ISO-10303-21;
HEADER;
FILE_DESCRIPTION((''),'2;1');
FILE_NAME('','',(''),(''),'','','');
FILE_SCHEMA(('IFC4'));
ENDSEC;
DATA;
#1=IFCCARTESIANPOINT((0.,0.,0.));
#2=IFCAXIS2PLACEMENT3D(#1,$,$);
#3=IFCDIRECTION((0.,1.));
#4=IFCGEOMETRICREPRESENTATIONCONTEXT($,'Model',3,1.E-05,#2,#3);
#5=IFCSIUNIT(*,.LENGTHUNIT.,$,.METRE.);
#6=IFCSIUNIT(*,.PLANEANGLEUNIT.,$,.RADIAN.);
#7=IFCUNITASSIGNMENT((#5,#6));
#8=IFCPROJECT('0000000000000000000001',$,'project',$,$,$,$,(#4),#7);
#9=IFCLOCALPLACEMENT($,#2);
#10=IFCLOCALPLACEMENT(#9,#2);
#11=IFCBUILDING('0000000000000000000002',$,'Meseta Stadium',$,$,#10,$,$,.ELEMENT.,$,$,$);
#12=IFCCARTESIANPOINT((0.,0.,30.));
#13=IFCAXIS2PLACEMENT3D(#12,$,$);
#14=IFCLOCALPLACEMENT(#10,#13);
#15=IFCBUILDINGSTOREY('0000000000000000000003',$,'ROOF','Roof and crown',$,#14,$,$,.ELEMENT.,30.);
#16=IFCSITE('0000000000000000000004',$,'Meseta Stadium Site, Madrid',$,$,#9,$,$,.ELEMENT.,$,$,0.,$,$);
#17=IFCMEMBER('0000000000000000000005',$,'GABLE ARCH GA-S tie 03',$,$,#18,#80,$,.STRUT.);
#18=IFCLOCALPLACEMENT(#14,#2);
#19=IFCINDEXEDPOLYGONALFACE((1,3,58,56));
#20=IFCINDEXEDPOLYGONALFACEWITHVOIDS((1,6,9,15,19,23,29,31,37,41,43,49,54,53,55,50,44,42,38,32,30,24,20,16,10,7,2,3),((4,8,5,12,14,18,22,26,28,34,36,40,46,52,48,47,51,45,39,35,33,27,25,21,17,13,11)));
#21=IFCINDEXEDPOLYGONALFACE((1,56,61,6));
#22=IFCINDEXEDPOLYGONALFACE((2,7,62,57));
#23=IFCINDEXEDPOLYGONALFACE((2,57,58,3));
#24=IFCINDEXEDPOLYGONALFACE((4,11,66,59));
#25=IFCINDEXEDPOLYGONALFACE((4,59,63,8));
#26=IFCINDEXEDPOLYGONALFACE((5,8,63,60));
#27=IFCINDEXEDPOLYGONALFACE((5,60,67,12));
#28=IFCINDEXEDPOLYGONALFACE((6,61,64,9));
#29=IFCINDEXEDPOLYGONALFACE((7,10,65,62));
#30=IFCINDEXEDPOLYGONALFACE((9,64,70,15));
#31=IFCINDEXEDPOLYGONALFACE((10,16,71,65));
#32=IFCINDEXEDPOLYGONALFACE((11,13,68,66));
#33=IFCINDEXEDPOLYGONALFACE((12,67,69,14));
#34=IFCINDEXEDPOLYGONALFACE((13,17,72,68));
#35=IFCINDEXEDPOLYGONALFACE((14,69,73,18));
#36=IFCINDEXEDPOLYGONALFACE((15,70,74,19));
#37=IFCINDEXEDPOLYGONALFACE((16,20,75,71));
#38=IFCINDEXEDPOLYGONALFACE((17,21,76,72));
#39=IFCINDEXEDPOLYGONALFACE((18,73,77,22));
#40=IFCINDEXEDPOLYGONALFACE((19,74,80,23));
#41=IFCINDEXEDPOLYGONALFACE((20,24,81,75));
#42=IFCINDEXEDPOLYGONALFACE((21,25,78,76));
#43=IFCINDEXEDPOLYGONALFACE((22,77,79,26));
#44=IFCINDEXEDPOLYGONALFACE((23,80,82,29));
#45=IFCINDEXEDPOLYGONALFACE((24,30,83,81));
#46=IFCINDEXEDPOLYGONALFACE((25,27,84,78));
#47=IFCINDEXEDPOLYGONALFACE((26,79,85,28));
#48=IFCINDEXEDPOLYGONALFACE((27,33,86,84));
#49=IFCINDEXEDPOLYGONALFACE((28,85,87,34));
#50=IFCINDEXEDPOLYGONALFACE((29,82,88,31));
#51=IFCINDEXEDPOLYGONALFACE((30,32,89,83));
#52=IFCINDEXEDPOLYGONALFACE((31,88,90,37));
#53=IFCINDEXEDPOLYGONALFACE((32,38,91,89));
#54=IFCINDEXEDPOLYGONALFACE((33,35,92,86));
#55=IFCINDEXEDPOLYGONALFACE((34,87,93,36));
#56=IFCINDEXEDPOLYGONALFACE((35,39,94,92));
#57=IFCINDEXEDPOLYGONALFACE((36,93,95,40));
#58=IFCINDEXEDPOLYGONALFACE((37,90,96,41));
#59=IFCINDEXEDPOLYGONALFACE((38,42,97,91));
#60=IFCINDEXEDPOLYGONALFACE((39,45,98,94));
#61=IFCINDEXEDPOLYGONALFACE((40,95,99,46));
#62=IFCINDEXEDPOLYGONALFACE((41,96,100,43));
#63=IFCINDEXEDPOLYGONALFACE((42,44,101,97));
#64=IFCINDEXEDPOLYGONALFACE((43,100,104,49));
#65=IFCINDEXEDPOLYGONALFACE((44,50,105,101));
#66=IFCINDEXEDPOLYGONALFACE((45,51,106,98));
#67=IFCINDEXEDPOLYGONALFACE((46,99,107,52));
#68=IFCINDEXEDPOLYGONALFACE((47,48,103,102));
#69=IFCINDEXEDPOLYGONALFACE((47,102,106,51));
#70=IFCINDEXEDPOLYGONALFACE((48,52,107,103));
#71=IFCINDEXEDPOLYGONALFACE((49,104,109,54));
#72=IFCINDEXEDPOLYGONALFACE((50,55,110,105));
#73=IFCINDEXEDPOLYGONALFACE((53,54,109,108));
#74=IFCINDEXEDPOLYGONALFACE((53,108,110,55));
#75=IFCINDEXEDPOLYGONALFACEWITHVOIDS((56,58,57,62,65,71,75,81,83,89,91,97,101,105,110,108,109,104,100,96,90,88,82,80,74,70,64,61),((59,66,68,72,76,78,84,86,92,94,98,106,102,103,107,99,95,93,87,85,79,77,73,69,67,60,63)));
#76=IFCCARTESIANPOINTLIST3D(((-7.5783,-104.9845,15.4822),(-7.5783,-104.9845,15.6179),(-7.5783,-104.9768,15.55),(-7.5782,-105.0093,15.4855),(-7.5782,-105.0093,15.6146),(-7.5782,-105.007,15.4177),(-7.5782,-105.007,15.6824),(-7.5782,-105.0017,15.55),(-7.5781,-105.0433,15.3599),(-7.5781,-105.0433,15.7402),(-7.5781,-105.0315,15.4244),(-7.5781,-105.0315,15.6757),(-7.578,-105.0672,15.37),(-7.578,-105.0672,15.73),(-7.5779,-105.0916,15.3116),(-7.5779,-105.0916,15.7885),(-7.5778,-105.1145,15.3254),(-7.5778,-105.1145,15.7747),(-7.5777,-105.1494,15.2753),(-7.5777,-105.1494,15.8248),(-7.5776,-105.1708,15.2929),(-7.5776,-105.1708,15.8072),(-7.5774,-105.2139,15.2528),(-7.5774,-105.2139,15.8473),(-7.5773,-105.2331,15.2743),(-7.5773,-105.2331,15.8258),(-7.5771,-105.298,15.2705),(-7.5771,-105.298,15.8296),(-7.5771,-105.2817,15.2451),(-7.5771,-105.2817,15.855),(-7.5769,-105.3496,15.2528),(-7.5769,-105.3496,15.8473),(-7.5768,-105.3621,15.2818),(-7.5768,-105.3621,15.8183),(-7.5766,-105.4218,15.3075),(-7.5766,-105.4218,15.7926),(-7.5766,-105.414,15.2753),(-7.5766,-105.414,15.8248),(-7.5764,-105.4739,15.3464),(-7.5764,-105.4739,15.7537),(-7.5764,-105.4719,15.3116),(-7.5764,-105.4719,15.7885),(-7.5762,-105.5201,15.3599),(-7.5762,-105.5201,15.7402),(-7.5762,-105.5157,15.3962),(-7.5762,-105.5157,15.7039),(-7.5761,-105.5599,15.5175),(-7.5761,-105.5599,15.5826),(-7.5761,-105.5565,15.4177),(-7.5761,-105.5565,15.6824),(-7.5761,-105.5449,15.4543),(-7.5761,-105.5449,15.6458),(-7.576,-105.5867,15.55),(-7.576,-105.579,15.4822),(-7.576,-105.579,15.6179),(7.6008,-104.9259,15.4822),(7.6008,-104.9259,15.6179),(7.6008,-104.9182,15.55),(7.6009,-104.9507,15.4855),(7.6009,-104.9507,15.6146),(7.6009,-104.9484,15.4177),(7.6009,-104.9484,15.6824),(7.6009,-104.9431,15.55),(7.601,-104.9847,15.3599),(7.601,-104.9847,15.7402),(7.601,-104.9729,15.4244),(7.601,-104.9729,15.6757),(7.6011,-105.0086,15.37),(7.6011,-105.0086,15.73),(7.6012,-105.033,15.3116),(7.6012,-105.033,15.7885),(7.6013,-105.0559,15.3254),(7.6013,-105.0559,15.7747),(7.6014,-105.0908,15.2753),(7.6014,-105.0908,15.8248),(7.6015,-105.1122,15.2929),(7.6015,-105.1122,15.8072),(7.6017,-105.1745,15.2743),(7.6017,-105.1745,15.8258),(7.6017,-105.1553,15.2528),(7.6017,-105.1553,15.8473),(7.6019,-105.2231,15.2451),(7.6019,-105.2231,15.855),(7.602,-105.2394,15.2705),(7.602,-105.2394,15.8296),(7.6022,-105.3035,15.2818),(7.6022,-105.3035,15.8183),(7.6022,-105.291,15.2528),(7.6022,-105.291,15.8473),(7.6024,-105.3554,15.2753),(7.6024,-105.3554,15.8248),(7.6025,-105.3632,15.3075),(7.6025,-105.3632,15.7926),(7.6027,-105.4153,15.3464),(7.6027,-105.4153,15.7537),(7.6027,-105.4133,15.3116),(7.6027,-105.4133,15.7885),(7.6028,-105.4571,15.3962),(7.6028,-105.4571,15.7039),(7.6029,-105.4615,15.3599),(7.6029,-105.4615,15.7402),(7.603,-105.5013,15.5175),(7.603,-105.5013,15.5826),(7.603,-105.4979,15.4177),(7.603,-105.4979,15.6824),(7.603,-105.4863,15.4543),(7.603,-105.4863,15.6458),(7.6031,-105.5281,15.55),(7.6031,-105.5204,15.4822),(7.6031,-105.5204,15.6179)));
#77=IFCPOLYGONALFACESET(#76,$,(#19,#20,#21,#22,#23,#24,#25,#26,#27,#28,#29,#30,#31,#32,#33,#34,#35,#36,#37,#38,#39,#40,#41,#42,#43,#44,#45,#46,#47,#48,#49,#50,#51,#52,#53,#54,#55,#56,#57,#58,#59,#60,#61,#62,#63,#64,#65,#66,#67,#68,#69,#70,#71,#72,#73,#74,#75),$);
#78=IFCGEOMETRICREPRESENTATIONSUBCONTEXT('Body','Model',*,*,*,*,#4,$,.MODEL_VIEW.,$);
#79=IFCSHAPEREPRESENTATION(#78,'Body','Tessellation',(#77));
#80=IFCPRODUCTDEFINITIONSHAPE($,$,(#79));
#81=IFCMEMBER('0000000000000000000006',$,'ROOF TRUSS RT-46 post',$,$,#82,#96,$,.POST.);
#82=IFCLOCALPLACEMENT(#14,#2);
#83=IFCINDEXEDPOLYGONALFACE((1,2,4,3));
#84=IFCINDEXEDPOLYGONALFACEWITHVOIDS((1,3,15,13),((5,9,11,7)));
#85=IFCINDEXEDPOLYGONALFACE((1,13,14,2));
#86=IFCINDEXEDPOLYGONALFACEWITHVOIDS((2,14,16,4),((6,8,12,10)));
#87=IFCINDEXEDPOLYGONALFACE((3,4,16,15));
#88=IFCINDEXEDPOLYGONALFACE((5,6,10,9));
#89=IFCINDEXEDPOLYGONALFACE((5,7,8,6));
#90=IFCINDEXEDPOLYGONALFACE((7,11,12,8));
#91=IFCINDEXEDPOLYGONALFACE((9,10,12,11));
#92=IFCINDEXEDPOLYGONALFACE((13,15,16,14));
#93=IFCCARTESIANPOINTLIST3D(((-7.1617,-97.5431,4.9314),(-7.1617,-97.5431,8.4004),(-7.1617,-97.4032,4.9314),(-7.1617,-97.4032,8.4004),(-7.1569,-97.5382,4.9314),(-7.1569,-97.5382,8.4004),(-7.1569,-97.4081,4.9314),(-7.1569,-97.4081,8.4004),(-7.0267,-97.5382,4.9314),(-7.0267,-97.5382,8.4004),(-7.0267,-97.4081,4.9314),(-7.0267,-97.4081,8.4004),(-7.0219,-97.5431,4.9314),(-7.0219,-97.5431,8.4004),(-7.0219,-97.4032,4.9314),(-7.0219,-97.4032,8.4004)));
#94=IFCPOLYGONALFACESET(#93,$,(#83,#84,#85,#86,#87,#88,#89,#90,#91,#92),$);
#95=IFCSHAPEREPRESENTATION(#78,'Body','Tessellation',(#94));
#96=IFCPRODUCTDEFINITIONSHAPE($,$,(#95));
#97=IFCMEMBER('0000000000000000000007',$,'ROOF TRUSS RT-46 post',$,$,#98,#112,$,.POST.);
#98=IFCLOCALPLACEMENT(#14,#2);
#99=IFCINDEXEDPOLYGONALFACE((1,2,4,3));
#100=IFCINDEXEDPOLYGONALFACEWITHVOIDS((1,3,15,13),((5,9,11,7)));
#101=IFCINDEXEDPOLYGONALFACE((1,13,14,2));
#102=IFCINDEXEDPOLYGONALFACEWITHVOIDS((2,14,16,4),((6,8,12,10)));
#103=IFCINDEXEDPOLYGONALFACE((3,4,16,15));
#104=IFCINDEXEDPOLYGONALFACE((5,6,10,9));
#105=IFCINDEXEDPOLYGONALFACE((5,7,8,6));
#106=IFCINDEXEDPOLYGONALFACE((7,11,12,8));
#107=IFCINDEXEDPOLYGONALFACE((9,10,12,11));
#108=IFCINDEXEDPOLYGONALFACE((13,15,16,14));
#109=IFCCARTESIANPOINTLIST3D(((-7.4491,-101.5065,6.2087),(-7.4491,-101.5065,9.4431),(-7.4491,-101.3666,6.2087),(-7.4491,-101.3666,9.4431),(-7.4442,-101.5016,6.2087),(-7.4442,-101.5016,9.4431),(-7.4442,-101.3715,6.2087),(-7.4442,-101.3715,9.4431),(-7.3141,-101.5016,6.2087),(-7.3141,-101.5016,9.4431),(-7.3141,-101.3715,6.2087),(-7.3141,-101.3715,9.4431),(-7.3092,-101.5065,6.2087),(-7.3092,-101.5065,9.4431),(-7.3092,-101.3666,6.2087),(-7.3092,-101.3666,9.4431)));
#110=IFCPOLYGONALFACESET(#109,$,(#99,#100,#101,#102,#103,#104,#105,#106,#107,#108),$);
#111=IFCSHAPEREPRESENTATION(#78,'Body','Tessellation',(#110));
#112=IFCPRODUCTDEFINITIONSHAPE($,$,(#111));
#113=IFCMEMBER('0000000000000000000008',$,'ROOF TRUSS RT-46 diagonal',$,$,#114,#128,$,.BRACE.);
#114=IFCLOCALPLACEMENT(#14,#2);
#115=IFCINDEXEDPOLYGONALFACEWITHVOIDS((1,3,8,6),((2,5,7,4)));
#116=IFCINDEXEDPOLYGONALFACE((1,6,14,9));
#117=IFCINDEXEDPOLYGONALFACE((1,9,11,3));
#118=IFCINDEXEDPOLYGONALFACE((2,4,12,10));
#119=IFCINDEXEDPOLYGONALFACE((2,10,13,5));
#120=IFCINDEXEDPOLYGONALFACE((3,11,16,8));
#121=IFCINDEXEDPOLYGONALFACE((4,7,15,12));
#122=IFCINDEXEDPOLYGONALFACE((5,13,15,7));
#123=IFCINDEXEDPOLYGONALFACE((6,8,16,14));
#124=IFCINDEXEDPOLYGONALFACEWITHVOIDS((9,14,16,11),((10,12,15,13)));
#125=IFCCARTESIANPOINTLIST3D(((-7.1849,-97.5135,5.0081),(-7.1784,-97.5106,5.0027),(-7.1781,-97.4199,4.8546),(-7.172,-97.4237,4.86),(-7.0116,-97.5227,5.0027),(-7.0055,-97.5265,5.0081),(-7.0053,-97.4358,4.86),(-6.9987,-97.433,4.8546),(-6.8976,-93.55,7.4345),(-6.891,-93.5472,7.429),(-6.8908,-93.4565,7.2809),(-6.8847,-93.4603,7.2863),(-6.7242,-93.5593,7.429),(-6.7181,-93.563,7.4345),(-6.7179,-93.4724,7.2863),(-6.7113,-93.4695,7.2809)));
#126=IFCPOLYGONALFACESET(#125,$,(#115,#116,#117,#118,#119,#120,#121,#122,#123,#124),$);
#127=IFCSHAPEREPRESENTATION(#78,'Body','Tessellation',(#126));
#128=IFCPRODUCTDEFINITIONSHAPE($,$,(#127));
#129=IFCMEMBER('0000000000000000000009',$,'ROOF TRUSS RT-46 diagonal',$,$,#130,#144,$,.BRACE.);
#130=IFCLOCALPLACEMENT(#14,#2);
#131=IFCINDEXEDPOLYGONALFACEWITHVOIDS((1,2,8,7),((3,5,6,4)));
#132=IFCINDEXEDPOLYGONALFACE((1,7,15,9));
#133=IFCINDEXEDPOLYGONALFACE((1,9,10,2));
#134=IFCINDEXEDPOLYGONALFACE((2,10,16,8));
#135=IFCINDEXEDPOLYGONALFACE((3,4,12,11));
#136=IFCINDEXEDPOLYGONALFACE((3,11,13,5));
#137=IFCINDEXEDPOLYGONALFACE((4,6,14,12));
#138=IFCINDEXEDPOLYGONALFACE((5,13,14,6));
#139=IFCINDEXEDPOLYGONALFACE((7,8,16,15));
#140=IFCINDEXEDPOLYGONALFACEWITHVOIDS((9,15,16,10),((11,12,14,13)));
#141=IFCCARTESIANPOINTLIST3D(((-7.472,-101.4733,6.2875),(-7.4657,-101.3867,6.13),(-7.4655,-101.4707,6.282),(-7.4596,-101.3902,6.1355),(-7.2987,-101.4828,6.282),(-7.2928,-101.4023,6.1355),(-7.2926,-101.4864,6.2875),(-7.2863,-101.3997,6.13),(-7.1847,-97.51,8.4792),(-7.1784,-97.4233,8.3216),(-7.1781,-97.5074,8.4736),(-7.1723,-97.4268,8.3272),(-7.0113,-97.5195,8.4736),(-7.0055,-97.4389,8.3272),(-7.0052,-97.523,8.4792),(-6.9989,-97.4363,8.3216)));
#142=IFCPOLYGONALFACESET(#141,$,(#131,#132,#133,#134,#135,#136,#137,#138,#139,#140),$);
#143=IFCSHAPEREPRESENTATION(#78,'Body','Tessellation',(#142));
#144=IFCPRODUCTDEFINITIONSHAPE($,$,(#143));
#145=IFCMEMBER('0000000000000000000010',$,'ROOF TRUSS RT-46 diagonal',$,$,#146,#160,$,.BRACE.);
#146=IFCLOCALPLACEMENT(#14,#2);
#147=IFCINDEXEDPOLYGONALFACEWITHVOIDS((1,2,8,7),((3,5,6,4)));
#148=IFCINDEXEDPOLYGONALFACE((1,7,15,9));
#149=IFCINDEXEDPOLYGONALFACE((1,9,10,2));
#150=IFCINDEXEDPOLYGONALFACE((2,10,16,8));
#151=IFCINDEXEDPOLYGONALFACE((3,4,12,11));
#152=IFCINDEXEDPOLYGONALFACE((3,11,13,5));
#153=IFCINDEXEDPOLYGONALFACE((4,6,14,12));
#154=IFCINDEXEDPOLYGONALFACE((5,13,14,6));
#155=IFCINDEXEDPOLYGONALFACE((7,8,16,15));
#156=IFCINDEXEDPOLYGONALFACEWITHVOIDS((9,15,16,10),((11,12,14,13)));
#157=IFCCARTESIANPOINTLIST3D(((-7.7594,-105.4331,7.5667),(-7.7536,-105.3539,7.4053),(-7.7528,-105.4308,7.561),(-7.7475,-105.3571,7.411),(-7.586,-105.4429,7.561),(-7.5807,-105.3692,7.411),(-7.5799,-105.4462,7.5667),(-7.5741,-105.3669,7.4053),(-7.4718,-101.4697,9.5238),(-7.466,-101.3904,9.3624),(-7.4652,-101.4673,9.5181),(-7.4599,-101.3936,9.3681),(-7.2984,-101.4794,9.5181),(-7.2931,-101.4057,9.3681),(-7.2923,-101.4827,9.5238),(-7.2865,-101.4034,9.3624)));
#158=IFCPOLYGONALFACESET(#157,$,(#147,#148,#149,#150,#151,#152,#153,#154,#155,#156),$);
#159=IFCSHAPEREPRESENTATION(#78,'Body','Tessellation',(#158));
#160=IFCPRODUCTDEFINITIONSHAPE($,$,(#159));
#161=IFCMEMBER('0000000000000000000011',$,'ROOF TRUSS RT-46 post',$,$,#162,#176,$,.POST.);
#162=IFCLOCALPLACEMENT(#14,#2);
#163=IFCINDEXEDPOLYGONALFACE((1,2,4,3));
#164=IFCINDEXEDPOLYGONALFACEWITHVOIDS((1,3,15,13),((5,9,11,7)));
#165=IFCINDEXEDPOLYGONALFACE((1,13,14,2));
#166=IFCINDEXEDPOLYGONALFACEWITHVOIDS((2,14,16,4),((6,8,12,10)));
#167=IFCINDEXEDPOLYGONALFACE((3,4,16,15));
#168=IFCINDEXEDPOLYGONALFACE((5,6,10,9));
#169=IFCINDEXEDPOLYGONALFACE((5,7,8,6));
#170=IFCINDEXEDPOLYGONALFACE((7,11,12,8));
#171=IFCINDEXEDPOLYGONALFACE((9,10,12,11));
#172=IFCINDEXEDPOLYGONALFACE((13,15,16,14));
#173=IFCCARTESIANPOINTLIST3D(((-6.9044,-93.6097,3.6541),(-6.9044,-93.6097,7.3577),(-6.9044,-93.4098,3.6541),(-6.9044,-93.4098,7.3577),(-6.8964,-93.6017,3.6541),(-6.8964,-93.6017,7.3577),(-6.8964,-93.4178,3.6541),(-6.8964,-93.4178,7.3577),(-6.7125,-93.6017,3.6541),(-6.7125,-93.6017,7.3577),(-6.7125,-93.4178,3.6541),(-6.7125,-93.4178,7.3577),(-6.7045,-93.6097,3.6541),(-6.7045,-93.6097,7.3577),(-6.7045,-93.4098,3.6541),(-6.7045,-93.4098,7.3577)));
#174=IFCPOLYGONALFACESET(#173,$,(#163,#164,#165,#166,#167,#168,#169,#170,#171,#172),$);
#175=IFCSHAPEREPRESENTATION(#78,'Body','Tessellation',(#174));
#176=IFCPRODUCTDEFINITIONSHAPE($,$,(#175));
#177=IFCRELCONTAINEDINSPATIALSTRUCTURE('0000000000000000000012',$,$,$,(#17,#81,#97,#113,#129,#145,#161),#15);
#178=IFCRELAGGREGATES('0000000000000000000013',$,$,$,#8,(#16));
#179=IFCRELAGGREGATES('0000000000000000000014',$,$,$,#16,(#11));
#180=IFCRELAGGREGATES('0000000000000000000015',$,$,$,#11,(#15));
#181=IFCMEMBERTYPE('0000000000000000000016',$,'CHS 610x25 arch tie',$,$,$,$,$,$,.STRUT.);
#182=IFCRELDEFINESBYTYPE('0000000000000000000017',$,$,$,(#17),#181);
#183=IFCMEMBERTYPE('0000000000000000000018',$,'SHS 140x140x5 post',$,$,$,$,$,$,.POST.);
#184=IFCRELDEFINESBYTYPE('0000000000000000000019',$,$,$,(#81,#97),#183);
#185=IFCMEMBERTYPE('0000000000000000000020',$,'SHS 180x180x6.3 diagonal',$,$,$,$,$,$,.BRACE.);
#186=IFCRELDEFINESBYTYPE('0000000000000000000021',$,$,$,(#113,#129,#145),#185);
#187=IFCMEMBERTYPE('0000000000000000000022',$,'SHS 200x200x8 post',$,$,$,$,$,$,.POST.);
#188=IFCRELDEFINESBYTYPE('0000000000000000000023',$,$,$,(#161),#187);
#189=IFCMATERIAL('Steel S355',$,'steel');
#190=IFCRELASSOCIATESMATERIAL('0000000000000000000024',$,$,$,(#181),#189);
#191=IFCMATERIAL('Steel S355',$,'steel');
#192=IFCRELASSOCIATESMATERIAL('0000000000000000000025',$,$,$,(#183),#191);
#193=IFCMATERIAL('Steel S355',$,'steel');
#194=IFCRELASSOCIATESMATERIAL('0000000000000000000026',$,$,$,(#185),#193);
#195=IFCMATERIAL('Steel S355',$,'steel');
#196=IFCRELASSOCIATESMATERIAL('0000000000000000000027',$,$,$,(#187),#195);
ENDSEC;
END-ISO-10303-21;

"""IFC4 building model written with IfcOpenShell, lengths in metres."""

from ifc_helpers import new_model, si_unit, direction, frame, origin, origin_2d, place, context, subcontext, project, spatial, hollow_rectangle, hollow_circle, extrude, material, material_profile, profile_set, type_object, element, save


model = new_model("IFC4")

# Units and contexts
model_context = context("Model", 3, precision=1e-05, world=origin(), true_north=direction((0.0, 1.0)))
body_context = subcontext(model_context, "Body", "Model", "MODEL_VIEW")
ifc_project = project(units=[si_unit("LENGTHUNIT", "METRE"), si_unit("PLANEANGLEUNIT", "RADIAN")], contexts=[model_context])

# Site, building, storey
site_placement = place(None, origin())
site = spatial("IfcSite", under=ifc_project, at=site_placement, Name="Meseta Stadium Site, Madrid", CompositionType="ELEMENT", RefElevation=0.0)
building_placement = place(site_placement, origin())
building = spatial("IfcBuilding", under=site, at=building_placement, Name="Meseta Stadium", CompositionType="ELEMENT")
storey_placement = place(building_placement, frame((0.0, 0.0, 30.0)))
storey = spatial("IfcBuildingStorey", under=building, at=storey_placement, Name="ROOF", Description="Roof and crown", CompositionType="ELEMENT", Elevation=30.0)

# Members
ifc_material_1 = material(Name="Steel S355", Category="steel")
ifc_material_profile_1 = material_profile(ifc_material_1, hollow_circle(Radius=0.3049, WallThickness=0.0249, at=origin_2d()), Name="CHS 610x25")
ifc_profile_set_1 = profile_set([ifc_material_profile_1], Name="Steel S355")
member_type_1 = type_object("IfcMemberType", Name="CHS 610x25 arch tie", PredefinedType="STRUT", material=ifc_profile_set_1)
member_1_placement = place(storey_placement, frame((-7.5771, -105.2817, 15.55), z_axis=(0.999993, 0.00386, 0.0), x_axis=(-0.00386, 0.999993, 0.0)))
element("IfcMember", 1, at=member_1_placement, inside=storey, type_object=member_type_1, Name="GABLE ARCH GA-S tie 03", PredefinedType="STRUT", context=body_context, shape_type="SweptSolid", body=[
    extrude(hollow_circle(Radius=0.3049, WallThickness=0.0249, at=origin_2d()), origin(), (0.0, 0.0, 1.0), 15.1792),
])
ifc_material_2 = material(Name="Steel S355", Category="steel")
ifc_material_profile_2 = material_profile(ifc_material_2, hollow_rectangle(XDim=0.1399, YDim=0.1399, WallThickness=0.0049, at=origin_2d()), Name="SHS 140x140x5")
ifc_profile_set_2 = profile_set([ifc_material_profile_2], Name="Steel S355")
member_type_2 = type_object("IfcMemberType", Name="SHS 140x140x5 post", PredefinedType="POST", material=ifc_profile_set_2)
member_2_placement = place(storey_placement, frame((-7.0918, -97.4731, 4.9314), z_axis=(0.0, 0.0, 1.0), x_axis=(1.0, 0.0, 0.0)))
element("IfcMember", 2, at=member_2_placement, inside=storey, type_object=member_type_2, Name="ROOF TRUSS RT-46 post", PredefinedType="POST", context=body_context, shape_type="SweptSolid", body=[
    extrude(hollow_rectangle(XDim=0.1399, YDim=0.1399, WallThickness=0.0049, at=origin_2d()), origin(), (0.0, 0.0, 1.0), 3.469),
])
member_3_placement = place(storey_placement, frame((-7.3792, -101.4365, 6.2087), z_axis=(0.0, 0.0, 1.0), x_axis=(1.0, 0.0, 0.0)))
element("IfcMember", 3, at=member_3_placement, inside=storey, type_object=member_type_2, Name="ROOF TRUSS RT-46 post", PredefinedType="POST", context=body_context, shape_type="SweptSolid", body=[
    extrude(hollow_rectangle(XDim=0.1399, YDim=0.1399, WallThickness=0.0049, at=origin_2d()), origin(), (0.0, 0.0, 1.0), 3.2344),
])
ifc_material_3 = material(Name="Steel S355", Category="steel")
ifc_material_profile_3 = material_profile(ifc_material_3, hollow_rectangle(XDim=0.1799, YDim=0.1799, WallThickness=0.0063, at=origin_2d()), Name="SHS 180x180x6.3")
ifc_profile_set_3 = profile_set([ifc_material_profile_3], Name="Steel S355")
member_type_3 = type_object("IfcMemberType", Name="SHS 180x180x6.3 diagonal", PredefinedType="BRACE", material=ifc_profile_set_3)
member_4_placement = place(storey_placement, frame((-6.8044, -93.5098, 7.3577), z_axis=(-0.061718, -0.851253, -0.521113), x_axis=(0.997382, -0.072312, 0.0)))
element("IfcMember", 4, at=member_4_placement, inside=storey, type_object=member_type_3, Name="ROOF TRUSS RT-46 diagonal", PredefinedType="BRACE", context=body_context, shape_type="SweptSolid", body=[
    extrude(hollow_rectangle(XDim=0.1799, YDim=0.1799, WallThickness=0.0063, at=origin_2d()), origin(), (0.0, 0.0, 1.0), 4.656),
])
member_5_placement = place(storey_placement, frame((-7.0918, -97.4731, 8.4004), z_axis=(-0.06332, -0.873358, -0.482945), x_axis=(0.997382, -0.072312, 0.0)))
element("IfcMember", 5, at=member_5_placement, inside=storey, type_object=member_type_3, Name="ROOF TRUSS RT-46 diagonal", PredefinedType="BRACE", context=body_context, shape_type="SweptSolid", body=[
    extrude(hollow_rectangle(XDim=0.1799, YDim=0.1799, WallThickness=0.0063, at=origin_2d()), origin(), (0.0, 0.0, 1.0), 4.5381),
])
member_6_placement = place(storey_placement, frame((-7.3792, -101.4365, 9.4431), z_axis=(-0.064927, -0.894756, -0.441811), x_axis=(0.997378, -0.072373, 0.0)))
element("IfcMember", 6, at=member_6_placement, inside=storey, type_object=member_type_3, Name="ROOF TRUSS RT-46 diagonal", PredefinedType="BRACE", context=body_context, shape_type="SweptSolid", body=[
    extrude(hollow_rectangle(XDim=0.1799, YDim=0.1799, WallThickness=0.0063, at=origin_2d()), origin(), (0.0, 0.0, 1.0), 4.4297),
])
ifc_material_4 = material(Name="Steel S355", Category="steel")
ifc_material_profile_4 = material_profile(ifc_material_4, hollow_rectangle(XDim=0.2, YDim=0.2, WallThickness=0.0081, at=origin_2d()), Name="SHS 200x200x8")
ifc_profile_set_4 = profile_set([ifc_material_profile_4], Name="Steel S355")
member_type_4 = type_object("IfcMemberType", Name="SHS 200x200x8 post", PredefinedType="POST", material=ifc_profile_set_4)
member_7_placement = place(storey_placement, frame((-6.8044, -93.5098, 3.6541), z_axis=(0.0, 0.0, 1.0), x_axis=(1.0, 0.0, 0.0)))
element("IfcMember", 7, at=member_7_placement, inside=storey, type_object=member_type_4, Name="ROOF TRUSS RT-46 post", PredefinedType="POST", context=body_context, shape_type="SweptSolid", body=[
    extrude(hollow_rectangle(XDim=0.2, YDim=0.2, WallThickness=0.0081, at=origin_2d()), origin(), (0.0, 0.0, 1.0), 3.7036),
])

save(model, "model.ifc")
